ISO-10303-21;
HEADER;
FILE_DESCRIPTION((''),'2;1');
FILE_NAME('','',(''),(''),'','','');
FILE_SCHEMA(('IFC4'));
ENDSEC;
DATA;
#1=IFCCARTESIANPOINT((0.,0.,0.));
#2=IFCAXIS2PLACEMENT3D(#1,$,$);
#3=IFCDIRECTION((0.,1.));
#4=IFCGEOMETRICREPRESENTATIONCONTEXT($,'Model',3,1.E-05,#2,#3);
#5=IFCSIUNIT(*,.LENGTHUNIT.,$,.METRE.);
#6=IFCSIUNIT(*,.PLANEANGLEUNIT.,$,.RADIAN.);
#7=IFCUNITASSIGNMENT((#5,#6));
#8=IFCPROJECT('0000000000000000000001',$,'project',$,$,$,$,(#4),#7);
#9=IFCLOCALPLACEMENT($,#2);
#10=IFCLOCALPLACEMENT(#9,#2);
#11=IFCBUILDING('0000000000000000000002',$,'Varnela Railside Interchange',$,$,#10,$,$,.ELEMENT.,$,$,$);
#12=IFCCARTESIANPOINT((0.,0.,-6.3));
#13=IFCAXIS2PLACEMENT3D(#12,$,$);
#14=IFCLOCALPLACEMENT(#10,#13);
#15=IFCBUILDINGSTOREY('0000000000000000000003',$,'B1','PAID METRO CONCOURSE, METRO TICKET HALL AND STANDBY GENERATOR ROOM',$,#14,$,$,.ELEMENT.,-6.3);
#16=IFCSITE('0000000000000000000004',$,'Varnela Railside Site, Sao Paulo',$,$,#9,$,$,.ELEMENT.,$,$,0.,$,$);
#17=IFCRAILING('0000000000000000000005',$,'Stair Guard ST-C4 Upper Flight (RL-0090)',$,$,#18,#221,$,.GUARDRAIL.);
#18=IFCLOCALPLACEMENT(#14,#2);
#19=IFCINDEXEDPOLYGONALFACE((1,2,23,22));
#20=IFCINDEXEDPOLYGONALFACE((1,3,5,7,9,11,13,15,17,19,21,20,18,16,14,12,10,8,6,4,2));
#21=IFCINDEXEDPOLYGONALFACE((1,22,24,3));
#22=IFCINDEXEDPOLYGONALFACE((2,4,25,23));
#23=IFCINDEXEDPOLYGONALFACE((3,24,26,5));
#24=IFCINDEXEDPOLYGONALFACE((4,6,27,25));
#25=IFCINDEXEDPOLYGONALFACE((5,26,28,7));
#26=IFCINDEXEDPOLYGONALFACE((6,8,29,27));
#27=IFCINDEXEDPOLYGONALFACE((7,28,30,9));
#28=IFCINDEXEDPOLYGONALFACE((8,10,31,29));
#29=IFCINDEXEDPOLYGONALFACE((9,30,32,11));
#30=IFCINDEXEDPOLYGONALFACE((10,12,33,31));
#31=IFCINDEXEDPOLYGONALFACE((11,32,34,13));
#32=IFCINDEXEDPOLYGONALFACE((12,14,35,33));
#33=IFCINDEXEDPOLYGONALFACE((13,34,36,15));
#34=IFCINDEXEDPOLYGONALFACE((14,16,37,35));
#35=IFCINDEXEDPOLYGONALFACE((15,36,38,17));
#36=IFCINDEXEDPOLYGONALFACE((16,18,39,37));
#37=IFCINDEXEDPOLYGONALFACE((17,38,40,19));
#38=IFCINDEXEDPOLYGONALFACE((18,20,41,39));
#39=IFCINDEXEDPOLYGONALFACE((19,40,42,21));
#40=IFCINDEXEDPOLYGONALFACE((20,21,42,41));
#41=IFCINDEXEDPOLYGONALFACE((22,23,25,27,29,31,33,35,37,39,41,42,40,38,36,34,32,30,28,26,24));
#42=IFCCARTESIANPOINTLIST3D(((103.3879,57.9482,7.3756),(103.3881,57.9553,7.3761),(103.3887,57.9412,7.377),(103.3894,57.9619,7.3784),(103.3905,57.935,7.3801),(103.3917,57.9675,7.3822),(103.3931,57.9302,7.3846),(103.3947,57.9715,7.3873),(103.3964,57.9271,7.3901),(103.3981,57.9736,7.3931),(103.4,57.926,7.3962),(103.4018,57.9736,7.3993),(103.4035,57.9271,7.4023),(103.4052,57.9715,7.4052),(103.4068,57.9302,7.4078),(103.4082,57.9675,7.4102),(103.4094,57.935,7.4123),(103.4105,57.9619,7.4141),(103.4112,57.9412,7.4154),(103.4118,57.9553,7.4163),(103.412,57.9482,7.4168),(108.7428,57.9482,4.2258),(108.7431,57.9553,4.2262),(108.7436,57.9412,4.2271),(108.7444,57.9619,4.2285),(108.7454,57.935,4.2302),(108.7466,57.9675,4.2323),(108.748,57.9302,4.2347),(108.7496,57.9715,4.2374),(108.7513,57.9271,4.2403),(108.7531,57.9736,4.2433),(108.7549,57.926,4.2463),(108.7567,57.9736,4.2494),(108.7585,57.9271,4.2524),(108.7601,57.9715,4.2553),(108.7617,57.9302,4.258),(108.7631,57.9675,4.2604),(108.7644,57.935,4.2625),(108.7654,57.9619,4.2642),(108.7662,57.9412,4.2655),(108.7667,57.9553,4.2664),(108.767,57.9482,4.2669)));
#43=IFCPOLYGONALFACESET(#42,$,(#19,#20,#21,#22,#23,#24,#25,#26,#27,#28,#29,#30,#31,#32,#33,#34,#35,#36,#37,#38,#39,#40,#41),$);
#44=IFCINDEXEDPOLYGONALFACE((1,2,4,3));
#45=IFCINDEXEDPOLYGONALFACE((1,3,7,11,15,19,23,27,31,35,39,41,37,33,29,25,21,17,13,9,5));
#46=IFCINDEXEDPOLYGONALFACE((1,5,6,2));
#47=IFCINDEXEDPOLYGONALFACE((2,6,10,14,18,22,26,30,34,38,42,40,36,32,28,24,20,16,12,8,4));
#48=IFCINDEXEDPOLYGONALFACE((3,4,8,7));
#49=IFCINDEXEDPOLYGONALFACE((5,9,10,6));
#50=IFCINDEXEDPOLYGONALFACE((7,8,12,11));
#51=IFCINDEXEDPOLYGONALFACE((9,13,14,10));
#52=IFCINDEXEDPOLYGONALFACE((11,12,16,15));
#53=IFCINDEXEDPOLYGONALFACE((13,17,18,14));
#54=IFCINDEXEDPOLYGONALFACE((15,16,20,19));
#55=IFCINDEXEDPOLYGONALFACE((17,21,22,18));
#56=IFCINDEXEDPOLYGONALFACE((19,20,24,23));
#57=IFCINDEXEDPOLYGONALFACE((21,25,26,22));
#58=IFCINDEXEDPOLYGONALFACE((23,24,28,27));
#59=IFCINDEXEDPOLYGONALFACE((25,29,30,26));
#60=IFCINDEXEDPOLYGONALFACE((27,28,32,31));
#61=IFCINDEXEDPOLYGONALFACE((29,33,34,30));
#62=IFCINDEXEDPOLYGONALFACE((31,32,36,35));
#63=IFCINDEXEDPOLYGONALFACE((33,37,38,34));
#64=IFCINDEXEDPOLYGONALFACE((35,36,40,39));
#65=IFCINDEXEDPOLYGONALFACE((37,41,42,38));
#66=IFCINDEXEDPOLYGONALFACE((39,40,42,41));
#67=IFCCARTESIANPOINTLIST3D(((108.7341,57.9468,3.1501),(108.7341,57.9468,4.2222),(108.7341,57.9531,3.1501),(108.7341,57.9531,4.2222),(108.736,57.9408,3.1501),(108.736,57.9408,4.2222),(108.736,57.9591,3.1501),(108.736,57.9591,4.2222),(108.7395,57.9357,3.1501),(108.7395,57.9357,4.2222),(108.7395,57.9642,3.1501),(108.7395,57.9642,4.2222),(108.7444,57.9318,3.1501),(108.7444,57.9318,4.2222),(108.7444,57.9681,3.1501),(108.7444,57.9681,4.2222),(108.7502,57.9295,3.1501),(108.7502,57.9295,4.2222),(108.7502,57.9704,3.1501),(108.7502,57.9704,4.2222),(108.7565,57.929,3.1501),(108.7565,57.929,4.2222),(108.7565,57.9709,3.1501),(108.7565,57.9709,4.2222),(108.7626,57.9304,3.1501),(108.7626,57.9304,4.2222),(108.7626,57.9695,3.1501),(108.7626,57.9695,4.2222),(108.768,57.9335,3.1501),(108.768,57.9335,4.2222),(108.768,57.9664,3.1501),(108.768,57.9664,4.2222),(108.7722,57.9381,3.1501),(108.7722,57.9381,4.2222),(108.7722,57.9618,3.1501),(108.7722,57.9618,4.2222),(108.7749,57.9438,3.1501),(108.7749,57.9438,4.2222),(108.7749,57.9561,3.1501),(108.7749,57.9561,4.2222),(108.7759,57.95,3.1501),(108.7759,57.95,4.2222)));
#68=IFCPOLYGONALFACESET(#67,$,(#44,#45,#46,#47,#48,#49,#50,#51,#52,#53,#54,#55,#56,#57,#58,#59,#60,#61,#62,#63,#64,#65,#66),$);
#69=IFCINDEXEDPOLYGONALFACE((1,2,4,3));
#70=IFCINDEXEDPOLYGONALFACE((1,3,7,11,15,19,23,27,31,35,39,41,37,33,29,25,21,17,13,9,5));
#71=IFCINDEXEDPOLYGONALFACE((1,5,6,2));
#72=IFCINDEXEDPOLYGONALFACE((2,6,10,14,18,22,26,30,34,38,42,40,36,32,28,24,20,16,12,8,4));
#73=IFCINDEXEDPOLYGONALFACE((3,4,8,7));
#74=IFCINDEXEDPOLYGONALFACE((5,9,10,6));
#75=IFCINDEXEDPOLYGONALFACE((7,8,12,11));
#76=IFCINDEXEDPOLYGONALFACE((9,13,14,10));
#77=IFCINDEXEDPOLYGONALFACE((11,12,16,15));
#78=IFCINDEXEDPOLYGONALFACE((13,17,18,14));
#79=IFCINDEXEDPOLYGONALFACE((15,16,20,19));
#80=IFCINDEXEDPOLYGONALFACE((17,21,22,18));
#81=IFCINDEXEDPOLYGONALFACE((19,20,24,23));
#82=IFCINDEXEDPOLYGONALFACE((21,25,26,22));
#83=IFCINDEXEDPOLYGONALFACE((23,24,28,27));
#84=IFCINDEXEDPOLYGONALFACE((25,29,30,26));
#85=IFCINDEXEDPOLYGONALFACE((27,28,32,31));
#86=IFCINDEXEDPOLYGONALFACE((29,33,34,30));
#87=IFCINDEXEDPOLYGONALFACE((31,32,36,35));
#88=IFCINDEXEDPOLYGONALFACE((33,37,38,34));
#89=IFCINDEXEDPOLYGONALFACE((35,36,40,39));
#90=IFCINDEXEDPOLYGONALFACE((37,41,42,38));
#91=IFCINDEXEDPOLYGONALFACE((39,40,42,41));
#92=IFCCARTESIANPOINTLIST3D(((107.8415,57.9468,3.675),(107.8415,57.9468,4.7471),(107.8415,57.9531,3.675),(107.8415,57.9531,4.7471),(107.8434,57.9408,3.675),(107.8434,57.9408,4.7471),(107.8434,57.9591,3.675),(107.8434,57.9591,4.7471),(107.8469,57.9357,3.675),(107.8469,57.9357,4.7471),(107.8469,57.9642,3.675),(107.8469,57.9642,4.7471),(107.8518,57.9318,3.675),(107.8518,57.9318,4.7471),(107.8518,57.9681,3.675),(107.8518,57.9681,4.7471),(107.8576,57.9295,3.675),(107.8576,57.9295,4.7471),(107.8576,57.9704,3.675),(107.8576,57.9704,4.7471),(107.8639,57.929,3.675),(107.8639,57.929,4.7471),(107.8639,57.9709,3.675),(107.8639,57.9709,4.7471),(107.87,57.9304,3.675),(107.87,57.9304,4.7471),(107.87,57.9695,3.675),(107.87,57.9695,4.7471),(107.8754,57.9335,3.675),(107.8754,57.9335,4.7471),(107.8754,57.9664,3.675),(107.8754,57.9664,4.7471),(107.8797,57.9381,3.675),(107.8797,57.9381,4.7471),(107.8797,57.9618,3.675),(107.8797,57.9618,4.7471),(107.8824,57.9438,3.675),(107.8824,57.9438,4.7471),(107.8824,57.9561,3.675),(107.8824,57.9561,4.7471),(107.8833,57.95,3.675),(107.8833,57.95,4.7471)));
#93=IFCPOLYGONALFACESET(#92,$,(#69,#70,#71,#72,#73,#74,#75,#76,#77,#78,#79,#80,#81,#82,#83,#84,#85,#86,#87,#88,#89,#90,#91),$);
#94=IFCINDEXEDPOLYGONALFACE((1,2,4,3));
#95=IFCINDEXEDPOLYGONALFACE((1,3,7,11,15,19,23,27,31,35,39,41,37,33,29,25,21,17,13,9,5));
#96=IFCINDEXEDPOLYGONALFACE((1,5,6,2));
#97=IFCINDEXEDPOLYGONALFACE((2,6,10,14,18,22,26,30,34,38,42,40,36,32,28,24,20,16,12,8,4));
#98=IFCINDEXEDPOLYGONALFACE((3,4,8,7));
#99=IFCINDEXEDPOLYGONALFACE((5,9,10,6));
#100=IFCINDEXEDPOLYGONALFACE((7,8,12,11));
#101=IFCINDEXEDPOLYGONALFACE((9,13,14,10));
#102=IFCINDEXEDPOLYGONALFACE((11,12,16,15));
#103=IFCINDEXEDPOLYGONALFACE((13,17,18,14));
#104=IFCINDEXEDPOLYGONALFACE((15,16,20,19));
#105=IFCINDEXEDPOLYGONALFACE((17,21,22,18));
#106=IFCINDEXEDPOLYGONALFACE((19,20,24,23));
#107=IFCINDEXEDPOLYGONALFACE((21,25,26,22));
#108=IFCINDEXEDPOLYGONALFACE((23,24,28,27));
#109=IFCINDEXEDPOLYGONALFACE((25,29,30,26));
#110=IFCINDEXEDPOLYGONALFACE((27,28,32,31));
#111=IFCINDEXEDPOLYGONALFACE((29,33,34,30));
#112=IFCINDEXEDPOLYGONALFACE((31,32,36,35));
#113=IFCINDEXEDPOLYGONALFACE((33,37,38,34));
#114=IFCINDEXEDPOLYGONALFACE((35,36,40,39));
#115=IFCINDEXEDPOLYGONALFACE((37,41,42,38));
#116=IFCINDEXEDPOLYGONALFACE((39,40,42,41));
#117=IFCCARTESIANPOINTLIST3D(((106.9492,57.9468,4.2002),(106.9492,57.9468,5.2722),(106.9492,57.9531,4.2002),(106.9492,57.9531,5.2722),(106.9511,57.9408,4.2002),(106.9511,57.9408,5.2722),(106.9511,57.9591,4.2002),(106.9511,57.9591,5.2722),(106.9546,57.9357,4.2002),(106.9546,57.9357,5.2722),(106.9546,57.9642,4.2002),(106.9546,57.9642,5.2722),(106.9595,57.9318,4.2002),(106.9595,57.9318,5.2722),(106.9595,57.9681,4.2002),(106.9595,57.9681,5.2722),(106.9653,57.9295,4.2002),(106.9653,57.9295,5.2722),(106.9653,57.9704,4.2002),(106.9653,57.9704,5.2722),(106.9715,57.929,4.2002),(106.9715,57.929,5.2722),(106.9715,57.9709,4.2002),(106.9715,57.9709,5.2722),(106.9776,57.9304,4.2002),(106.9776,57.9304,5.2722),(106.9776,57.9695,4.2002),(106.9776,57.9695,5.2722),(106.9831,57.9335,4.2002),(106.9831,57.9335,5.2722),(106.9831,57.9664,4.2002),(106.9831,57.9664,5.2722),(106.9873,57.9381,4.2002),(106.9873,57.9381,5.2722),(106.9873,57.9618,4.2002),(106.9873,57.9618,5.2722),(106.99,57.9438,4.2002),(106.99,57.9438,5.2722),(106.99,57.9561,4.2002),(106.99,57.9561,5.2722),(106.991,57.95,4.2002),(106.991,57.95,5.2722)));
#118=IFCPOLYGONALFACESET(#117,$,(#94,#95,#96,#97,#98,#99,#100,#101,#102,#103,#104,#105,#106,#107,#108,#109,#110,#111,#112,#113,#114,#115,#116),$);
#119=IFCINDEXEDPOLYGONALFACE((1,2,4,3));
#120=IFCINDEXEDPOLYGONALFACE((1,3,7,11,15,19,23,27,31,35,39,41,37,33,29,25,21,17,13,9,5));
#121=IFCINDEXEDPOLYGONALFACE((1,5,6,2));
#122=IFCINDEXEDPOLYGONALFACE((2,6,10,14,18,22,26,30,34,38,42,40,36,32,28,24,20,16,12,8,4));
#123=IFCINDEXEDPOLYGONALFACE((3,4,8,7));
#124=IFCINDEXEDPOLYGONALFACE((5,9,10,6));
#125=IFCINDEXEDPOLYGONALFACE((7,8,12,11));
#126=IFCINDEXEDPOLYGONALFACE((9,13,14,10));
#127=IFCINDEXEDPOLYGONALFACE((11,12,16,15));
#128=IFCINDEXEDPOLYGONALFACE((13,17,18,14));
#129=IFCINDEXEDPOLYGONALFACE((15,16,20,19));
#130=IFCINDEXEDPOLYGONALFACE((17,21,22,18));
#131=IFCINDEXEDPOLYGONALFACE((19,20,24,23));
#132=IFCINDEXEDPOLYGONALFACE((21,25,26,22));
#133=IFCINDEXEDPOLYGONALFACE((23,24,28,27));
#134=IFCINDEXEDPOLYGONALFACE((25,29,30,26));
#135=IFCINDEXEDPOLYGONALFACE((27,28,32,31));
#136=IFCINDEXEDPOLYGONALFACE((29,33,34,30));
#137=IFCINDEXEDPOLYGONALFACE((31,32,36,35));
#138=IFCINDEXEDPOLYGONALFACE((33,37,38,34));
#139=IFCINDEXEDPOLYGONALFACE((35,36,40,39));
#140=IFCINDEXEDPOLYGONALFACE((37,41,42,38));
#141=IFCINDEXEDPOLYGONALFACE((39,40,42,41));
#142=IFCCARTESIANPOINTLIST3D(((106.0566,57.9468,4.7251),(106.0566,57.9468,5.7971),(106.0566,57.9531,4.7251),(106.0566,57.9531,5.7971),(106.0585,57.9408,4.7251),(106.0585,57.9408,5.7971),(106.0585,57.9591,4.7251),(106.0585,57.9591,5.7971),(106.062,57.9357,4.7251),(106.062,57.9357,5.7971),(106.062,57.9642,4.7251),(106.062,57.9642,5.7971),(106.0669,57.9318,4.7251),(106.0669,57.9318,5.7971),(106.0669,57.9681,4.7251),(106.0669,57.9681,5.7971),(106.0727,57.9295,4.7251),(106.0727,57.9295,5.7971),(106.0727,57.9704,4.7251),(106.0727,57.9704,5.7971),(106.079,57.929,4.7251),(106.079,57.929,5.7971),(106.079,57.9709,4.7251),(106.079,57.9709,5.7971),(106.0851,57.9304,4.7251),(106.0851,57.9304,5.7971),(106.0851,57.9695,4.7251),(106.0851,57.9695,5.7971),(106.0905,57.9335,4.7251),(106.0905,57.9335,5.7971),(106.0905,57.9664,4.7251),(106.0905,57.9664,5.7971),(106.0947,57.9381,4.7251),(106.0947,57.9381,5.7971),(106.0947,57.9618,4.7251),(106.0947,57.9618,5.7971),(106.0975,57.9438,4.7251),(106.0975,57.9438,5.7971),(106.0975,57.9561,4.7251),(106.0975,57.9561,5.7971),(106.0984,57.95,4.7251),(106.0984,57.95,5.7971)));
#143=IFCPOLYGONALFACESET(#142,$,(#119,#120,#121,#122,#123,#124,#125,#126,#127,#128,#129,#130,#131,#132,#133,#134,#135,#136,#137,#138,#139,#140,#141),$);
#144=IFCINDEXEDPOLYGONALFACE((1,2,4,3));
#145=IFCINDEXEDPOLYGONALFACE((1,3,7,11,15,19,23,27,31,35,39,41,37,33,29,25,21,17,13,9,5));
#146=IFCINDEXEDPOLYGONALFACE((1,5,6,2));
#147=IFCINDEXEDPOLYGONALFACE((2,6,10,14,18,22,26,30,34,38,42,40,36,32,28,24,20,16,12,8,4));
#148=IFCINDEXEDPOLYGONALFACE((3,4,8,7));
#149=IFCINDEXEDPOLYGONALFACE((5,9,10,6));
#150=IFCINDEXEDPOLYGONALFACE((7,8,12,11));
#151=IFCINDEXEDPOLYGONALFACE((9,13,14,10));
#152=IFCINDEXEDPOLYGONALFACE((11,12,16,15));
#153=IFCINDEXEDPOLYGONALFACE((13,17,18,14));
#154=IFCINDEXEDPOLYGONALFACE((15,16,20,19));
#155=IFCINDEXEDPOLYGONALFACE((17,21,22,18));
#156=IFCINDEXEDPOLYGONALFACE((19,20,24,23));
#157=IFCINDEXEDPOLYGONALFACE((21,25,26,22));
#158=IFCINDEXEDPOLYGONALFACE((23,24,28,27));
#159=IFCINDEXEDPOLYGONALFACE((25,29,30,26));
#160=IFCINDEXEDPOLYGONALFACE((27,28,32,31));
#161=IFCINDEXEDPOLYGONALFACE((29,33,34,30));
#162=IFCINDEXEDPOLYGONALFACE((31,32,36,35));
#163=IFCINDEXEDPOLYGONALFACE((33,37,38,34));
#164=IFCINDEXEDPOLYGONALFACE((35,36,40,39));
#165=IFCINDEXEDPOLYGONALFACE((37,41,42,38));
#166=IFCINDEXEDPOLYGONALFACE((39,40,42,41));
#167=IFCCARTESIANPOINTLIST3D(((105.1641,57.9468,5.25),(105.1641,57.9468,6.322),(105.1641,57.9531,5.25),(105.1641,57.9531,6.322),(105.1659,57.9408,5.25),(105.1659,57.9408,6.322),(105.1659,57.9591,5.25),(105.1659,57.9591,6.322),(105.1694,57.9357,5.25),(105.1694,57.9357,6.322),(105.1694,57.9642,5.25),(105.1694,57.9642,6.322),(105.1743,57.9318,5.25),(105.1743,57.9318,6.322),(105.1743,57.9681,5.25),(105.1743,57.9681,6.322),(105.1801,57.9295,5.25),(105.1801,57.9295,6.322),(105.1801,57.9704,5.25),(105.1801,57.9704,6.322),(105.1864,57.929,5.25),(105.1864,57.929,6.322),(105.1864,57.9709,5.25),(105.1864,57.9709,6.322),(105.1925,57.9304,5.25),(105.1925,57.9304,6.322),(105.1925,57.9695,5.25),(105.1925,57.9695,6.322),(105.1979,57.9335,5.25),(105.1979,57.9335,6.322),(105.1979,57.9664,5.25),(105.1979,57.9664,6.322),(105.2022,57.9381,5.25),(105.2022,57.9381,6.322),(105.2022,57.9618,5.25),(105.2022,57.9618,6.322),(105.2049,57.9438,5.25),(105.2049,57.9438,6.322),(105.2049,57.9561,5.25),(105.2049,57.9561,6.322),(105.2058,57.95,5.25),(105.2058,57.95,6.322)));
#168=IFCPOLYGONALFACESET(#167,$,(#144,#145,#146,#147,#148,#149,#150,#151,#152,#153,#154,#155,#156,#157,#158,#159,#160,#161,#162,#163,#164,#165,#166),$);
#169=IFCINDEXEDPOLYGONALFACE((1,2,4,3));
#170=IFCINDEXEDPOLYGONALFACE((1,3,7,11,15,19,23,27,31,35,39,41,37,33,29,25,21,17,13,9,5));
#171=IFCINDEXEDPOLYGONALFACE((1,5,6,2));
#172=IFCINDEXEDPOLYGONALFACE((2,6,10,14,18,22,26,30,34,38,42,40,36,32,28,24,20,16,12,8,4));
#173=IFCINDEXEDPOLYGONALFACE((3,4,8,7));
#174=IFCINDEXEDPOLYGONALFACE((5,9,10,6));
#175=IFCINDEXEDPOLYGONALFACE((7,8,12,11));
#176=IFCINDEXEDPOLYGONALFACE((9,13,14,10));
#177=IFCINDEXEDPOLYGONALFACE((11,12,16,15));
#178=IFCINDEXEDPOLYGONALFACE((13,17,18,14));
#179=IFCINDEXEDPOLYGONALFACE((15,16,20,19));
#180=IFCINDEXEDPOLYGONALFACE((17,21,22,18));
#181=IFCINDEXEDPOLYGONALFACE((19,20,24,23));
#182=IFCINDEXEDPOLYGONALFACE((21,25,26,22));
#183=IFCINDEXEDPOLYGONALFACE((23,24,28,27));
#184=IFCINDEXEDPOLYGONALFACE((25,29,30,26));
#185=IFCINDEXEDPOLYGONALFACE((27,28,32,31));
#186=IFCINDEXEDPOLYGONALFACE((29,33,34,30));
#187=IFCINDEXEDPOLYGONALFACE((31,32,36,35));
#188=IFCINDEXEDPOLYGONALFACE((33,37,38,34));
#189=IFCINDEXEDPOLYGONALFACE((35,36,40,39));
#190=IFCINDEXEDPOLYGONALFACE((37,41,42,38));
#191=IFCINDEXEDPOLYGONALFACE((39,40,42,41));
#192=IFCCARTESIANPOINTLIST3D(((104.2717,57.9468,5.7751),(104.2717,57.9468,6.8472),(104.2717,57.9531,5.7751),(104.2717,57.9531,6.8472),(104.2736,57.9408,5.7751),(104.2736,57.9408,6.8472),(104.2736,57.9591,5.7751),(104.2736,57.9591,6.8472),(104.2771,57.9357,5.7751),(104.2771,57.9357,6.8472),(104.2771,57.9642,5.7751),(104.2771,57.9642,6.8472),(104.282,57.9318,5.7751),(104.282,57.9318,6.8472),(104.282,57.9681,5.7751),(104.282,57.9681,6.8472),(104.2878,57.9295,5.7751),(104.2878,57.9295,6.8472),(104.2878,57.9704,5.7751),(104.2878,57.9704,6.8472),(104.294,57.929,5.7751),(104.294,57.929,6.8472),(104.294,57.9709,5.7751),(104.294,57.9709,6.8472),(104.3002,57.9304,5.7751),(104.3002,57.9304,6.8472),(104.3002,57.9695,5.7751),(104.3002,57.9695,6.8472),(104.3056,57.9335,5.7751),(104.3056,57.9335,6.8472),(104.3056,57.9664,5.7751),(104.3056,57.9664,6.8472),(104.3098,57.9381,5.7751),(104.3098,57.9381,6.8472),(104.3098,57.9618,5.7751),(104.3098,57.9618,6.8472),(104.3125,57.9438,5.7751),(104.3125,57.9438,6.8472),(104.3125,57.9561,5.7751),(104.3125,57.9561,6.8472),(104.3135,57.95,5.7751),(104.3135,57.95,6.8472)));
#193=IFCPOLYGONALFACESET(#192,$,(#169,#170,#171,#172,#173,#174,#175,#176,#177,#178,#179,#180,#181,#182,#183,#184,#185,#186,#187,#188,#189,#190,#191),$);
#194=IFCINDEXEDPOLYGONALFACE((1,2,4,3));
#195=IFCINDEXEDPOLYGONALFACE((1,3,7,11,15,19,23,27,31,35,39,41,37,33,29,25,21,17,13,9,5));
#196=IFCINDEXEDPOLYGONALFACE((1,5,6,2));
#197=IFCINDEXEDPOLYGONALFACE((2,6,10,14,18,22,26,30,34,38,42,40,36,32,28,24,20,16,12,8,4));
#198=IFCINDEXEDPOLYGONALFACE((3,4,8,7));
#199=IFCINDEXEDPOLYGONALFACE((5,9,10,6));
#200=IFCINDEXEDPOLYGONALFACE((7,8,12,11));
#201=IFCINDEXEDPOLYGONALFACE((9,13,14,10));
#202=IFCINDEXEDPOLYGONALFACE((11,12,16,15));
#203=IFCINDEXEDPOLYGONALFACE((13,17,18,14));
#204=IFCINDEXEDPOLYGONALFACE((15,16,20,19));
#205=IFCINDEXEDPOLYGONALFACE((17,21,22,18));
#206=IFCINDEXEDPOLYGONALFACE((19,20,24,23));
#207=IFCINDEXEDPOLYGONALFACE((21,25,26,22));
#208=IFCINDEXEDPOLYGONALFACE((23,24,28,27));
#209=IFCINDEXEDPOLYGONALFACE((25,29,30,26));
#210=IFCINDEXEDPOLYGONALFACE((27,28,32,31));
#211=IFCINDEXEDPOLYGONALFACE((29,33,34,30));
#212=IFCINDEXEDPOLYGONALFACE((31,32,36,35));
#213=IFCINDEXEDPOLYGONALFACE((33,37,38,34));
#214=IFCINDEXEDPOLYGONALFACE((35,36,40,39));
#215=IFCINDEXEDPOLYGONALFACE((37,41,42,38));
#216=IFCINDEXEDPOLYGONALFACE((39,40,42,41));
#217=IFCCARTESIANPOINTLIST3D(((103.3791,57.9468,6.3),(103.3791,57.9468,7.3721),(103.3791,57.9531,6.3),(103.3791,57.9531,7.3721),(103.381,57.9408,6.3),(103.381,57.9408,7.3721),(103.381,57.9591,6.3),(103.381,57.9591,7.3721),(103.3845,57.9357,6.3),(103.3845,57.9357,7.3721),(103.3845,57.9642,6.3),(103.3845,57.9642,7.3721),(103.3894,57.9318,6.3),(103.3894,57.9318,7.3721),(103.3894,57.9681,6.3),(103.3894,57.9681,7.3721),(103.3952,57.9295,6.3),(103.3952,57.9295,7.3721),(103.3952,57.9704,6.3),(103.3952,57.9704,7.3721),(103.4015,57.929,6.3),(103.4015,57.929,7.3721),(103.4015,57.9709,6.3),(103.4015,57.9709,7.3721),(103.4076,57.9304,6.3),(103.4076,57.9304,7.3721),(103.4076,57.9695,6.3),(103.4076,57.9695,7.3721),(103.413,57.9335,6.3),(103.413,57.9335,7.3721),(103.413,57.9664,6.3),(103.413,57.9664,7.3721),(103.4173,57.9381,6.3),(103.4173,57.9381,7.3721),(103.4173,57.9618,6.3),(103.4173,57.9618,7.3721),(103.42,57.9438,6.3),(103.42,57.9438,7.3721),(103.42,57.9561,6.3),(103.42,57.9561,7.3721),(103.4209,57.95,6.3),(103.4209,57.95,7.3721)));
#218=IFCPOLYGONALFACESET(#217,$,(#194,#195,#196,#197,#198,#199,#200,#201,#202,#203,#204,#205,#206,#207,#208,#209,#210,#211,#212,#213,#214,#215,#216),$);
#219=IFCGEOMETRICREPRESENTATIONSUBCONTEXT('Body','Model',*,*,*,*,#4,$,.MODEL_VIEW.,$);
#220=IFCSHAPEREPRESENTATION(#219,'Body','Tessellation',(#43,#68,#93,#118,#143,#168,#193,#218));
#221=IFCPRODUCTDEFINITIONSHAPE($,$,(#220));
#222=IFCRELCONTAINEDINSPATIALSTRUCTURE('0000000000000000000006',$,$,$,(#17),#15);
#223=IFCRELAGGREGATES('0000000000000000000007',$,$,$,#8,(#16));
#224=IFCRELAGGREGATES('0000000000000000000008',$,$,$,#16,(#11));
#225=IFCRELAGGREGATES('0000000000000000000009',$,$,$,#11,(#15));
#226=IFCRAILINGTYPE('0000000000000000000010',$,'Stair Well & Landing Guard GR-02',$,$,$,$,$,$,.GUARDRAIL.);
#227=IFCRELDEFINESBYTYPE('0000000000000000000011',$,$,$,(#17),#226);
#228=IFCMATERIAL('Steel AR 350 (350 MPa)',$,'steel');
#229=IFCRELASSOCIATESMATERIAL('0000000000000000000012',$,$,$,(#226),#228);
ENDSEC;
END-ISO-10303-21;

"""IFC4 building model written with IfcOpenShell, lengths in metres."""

from ifc_helpers import new_model, si_unit, direction, frame, origin, origin_2d, place, context, subcontext, project, spatial, circle, extrude, material, type_object, element, save


model = new_model("IFC4")

# Units and contexts
model_context = context("Model", 3, precision=1e-05, world=origin(), true_north=direction((0.0, 1.0)))
body_context = subcontext(model_context, "Body", "Model", "MODEL_VIEW")
ifc_project = project(units=[si_unit("LENGTHUNIT", "METRE"), si_unit("PLANEANGLEUNIT", "RADIAN")], contexts=[model_context])

# Site, building, storey
site_placement = place(None, origin())
site = spatial("IfcSite", under=ifc_project, at=site_placement, Name="Varnela Railside Site, Sao Paulo", CompositionType="ELEMENT", RefElevation=0.0)
building_placement = place(site_placement, origin())
building = spatial("IfcBuilding", under=site, at=building_placement, Name="Varnela Railside Interchange", CompositionType="ELEMENT")
storey_placement = place(building_placement, frame((0.0, 0.0, -6.3)))
storey = spatial("IfcBuildingStorey", under=building, at=storey_placement, Name="B1", Description="PAID METRO CONCOURSE, METRO TICKET HALL AND STANDBY GENERATOR ROOM", CompositionType="ELEMENT", Elevation=-6.3)

# Shared definitions
ifc_material_1 = material(Name="Steel AR 350 (350 MPa)", Category="steel")

# Railing
railing_type_1 = type_object("IfcRailingType", Name="Stair Well & Landing Guard GR-02", PredefinedType="GUARDRAIL", material=ifc_material_1)
railing_1_placement = place(storey_placement, frame((108.7549, 57.95, 3.1501)))
element("IfcRailing", 1, at=railing_1_placement, inside=storey, type_object=railing_type_1, Name="Stair Guard ST-C4 Upper Flight (RL-0090)", PredefinedType="GUARDRAIL", context=body_context, shape_type="SweptSolid", body=[
    extrude(circle(Radius=0.0239, at=origin_2d()), frame((0.0, 0.0, 1.0962), z_axis=(-0.86194, 0.0, 0.50701), x_axis=(0.0, -1.0, 0.0)), (0.0, 0.0, 1.0), 6.2126),
    extrude(circle(Radius=0.021, at=origin_2d()), origin(), (0.0, 0.0, 1.0), 1.072),
    extrude(circle(Radius=0.021, at=origin_2d()), frame((-0.8926, 0.0, 0.5249)), (0.0, 0.0, 1.0), 1.072),
    extrude(circle(Radius=0.021, at=origin_2d()), frame((-1.7849, 0.0, 1.05)), (0.0, 0.0, 1.0), 1.072),
    extrude(circle(Radius=0.021, at=origin_2d()), frame((-2.6775, 0.0, 1.575)), (0.0, 0.0, 1.0), 1.072),
    extrude(circle(Radius=0.021, at=origin_2d()), frame((-3.5701, 0.0, 2.0999)), (0.0, 0.0, 1.0), 1.072),
    extrude(circle(Radius=0.021, at=origin_2d()), frame((-4.4624, 0.0, 2.625)), (0.0, 0.0, 1.0), 1.072),
    extrude(circle(Radius=0.021, at=origin_2d()), frame((-5.355, 0.0, 3.1499)), (0.0, 0.0, 1.0), 1.072),
])

save(model, "model.ifc")
